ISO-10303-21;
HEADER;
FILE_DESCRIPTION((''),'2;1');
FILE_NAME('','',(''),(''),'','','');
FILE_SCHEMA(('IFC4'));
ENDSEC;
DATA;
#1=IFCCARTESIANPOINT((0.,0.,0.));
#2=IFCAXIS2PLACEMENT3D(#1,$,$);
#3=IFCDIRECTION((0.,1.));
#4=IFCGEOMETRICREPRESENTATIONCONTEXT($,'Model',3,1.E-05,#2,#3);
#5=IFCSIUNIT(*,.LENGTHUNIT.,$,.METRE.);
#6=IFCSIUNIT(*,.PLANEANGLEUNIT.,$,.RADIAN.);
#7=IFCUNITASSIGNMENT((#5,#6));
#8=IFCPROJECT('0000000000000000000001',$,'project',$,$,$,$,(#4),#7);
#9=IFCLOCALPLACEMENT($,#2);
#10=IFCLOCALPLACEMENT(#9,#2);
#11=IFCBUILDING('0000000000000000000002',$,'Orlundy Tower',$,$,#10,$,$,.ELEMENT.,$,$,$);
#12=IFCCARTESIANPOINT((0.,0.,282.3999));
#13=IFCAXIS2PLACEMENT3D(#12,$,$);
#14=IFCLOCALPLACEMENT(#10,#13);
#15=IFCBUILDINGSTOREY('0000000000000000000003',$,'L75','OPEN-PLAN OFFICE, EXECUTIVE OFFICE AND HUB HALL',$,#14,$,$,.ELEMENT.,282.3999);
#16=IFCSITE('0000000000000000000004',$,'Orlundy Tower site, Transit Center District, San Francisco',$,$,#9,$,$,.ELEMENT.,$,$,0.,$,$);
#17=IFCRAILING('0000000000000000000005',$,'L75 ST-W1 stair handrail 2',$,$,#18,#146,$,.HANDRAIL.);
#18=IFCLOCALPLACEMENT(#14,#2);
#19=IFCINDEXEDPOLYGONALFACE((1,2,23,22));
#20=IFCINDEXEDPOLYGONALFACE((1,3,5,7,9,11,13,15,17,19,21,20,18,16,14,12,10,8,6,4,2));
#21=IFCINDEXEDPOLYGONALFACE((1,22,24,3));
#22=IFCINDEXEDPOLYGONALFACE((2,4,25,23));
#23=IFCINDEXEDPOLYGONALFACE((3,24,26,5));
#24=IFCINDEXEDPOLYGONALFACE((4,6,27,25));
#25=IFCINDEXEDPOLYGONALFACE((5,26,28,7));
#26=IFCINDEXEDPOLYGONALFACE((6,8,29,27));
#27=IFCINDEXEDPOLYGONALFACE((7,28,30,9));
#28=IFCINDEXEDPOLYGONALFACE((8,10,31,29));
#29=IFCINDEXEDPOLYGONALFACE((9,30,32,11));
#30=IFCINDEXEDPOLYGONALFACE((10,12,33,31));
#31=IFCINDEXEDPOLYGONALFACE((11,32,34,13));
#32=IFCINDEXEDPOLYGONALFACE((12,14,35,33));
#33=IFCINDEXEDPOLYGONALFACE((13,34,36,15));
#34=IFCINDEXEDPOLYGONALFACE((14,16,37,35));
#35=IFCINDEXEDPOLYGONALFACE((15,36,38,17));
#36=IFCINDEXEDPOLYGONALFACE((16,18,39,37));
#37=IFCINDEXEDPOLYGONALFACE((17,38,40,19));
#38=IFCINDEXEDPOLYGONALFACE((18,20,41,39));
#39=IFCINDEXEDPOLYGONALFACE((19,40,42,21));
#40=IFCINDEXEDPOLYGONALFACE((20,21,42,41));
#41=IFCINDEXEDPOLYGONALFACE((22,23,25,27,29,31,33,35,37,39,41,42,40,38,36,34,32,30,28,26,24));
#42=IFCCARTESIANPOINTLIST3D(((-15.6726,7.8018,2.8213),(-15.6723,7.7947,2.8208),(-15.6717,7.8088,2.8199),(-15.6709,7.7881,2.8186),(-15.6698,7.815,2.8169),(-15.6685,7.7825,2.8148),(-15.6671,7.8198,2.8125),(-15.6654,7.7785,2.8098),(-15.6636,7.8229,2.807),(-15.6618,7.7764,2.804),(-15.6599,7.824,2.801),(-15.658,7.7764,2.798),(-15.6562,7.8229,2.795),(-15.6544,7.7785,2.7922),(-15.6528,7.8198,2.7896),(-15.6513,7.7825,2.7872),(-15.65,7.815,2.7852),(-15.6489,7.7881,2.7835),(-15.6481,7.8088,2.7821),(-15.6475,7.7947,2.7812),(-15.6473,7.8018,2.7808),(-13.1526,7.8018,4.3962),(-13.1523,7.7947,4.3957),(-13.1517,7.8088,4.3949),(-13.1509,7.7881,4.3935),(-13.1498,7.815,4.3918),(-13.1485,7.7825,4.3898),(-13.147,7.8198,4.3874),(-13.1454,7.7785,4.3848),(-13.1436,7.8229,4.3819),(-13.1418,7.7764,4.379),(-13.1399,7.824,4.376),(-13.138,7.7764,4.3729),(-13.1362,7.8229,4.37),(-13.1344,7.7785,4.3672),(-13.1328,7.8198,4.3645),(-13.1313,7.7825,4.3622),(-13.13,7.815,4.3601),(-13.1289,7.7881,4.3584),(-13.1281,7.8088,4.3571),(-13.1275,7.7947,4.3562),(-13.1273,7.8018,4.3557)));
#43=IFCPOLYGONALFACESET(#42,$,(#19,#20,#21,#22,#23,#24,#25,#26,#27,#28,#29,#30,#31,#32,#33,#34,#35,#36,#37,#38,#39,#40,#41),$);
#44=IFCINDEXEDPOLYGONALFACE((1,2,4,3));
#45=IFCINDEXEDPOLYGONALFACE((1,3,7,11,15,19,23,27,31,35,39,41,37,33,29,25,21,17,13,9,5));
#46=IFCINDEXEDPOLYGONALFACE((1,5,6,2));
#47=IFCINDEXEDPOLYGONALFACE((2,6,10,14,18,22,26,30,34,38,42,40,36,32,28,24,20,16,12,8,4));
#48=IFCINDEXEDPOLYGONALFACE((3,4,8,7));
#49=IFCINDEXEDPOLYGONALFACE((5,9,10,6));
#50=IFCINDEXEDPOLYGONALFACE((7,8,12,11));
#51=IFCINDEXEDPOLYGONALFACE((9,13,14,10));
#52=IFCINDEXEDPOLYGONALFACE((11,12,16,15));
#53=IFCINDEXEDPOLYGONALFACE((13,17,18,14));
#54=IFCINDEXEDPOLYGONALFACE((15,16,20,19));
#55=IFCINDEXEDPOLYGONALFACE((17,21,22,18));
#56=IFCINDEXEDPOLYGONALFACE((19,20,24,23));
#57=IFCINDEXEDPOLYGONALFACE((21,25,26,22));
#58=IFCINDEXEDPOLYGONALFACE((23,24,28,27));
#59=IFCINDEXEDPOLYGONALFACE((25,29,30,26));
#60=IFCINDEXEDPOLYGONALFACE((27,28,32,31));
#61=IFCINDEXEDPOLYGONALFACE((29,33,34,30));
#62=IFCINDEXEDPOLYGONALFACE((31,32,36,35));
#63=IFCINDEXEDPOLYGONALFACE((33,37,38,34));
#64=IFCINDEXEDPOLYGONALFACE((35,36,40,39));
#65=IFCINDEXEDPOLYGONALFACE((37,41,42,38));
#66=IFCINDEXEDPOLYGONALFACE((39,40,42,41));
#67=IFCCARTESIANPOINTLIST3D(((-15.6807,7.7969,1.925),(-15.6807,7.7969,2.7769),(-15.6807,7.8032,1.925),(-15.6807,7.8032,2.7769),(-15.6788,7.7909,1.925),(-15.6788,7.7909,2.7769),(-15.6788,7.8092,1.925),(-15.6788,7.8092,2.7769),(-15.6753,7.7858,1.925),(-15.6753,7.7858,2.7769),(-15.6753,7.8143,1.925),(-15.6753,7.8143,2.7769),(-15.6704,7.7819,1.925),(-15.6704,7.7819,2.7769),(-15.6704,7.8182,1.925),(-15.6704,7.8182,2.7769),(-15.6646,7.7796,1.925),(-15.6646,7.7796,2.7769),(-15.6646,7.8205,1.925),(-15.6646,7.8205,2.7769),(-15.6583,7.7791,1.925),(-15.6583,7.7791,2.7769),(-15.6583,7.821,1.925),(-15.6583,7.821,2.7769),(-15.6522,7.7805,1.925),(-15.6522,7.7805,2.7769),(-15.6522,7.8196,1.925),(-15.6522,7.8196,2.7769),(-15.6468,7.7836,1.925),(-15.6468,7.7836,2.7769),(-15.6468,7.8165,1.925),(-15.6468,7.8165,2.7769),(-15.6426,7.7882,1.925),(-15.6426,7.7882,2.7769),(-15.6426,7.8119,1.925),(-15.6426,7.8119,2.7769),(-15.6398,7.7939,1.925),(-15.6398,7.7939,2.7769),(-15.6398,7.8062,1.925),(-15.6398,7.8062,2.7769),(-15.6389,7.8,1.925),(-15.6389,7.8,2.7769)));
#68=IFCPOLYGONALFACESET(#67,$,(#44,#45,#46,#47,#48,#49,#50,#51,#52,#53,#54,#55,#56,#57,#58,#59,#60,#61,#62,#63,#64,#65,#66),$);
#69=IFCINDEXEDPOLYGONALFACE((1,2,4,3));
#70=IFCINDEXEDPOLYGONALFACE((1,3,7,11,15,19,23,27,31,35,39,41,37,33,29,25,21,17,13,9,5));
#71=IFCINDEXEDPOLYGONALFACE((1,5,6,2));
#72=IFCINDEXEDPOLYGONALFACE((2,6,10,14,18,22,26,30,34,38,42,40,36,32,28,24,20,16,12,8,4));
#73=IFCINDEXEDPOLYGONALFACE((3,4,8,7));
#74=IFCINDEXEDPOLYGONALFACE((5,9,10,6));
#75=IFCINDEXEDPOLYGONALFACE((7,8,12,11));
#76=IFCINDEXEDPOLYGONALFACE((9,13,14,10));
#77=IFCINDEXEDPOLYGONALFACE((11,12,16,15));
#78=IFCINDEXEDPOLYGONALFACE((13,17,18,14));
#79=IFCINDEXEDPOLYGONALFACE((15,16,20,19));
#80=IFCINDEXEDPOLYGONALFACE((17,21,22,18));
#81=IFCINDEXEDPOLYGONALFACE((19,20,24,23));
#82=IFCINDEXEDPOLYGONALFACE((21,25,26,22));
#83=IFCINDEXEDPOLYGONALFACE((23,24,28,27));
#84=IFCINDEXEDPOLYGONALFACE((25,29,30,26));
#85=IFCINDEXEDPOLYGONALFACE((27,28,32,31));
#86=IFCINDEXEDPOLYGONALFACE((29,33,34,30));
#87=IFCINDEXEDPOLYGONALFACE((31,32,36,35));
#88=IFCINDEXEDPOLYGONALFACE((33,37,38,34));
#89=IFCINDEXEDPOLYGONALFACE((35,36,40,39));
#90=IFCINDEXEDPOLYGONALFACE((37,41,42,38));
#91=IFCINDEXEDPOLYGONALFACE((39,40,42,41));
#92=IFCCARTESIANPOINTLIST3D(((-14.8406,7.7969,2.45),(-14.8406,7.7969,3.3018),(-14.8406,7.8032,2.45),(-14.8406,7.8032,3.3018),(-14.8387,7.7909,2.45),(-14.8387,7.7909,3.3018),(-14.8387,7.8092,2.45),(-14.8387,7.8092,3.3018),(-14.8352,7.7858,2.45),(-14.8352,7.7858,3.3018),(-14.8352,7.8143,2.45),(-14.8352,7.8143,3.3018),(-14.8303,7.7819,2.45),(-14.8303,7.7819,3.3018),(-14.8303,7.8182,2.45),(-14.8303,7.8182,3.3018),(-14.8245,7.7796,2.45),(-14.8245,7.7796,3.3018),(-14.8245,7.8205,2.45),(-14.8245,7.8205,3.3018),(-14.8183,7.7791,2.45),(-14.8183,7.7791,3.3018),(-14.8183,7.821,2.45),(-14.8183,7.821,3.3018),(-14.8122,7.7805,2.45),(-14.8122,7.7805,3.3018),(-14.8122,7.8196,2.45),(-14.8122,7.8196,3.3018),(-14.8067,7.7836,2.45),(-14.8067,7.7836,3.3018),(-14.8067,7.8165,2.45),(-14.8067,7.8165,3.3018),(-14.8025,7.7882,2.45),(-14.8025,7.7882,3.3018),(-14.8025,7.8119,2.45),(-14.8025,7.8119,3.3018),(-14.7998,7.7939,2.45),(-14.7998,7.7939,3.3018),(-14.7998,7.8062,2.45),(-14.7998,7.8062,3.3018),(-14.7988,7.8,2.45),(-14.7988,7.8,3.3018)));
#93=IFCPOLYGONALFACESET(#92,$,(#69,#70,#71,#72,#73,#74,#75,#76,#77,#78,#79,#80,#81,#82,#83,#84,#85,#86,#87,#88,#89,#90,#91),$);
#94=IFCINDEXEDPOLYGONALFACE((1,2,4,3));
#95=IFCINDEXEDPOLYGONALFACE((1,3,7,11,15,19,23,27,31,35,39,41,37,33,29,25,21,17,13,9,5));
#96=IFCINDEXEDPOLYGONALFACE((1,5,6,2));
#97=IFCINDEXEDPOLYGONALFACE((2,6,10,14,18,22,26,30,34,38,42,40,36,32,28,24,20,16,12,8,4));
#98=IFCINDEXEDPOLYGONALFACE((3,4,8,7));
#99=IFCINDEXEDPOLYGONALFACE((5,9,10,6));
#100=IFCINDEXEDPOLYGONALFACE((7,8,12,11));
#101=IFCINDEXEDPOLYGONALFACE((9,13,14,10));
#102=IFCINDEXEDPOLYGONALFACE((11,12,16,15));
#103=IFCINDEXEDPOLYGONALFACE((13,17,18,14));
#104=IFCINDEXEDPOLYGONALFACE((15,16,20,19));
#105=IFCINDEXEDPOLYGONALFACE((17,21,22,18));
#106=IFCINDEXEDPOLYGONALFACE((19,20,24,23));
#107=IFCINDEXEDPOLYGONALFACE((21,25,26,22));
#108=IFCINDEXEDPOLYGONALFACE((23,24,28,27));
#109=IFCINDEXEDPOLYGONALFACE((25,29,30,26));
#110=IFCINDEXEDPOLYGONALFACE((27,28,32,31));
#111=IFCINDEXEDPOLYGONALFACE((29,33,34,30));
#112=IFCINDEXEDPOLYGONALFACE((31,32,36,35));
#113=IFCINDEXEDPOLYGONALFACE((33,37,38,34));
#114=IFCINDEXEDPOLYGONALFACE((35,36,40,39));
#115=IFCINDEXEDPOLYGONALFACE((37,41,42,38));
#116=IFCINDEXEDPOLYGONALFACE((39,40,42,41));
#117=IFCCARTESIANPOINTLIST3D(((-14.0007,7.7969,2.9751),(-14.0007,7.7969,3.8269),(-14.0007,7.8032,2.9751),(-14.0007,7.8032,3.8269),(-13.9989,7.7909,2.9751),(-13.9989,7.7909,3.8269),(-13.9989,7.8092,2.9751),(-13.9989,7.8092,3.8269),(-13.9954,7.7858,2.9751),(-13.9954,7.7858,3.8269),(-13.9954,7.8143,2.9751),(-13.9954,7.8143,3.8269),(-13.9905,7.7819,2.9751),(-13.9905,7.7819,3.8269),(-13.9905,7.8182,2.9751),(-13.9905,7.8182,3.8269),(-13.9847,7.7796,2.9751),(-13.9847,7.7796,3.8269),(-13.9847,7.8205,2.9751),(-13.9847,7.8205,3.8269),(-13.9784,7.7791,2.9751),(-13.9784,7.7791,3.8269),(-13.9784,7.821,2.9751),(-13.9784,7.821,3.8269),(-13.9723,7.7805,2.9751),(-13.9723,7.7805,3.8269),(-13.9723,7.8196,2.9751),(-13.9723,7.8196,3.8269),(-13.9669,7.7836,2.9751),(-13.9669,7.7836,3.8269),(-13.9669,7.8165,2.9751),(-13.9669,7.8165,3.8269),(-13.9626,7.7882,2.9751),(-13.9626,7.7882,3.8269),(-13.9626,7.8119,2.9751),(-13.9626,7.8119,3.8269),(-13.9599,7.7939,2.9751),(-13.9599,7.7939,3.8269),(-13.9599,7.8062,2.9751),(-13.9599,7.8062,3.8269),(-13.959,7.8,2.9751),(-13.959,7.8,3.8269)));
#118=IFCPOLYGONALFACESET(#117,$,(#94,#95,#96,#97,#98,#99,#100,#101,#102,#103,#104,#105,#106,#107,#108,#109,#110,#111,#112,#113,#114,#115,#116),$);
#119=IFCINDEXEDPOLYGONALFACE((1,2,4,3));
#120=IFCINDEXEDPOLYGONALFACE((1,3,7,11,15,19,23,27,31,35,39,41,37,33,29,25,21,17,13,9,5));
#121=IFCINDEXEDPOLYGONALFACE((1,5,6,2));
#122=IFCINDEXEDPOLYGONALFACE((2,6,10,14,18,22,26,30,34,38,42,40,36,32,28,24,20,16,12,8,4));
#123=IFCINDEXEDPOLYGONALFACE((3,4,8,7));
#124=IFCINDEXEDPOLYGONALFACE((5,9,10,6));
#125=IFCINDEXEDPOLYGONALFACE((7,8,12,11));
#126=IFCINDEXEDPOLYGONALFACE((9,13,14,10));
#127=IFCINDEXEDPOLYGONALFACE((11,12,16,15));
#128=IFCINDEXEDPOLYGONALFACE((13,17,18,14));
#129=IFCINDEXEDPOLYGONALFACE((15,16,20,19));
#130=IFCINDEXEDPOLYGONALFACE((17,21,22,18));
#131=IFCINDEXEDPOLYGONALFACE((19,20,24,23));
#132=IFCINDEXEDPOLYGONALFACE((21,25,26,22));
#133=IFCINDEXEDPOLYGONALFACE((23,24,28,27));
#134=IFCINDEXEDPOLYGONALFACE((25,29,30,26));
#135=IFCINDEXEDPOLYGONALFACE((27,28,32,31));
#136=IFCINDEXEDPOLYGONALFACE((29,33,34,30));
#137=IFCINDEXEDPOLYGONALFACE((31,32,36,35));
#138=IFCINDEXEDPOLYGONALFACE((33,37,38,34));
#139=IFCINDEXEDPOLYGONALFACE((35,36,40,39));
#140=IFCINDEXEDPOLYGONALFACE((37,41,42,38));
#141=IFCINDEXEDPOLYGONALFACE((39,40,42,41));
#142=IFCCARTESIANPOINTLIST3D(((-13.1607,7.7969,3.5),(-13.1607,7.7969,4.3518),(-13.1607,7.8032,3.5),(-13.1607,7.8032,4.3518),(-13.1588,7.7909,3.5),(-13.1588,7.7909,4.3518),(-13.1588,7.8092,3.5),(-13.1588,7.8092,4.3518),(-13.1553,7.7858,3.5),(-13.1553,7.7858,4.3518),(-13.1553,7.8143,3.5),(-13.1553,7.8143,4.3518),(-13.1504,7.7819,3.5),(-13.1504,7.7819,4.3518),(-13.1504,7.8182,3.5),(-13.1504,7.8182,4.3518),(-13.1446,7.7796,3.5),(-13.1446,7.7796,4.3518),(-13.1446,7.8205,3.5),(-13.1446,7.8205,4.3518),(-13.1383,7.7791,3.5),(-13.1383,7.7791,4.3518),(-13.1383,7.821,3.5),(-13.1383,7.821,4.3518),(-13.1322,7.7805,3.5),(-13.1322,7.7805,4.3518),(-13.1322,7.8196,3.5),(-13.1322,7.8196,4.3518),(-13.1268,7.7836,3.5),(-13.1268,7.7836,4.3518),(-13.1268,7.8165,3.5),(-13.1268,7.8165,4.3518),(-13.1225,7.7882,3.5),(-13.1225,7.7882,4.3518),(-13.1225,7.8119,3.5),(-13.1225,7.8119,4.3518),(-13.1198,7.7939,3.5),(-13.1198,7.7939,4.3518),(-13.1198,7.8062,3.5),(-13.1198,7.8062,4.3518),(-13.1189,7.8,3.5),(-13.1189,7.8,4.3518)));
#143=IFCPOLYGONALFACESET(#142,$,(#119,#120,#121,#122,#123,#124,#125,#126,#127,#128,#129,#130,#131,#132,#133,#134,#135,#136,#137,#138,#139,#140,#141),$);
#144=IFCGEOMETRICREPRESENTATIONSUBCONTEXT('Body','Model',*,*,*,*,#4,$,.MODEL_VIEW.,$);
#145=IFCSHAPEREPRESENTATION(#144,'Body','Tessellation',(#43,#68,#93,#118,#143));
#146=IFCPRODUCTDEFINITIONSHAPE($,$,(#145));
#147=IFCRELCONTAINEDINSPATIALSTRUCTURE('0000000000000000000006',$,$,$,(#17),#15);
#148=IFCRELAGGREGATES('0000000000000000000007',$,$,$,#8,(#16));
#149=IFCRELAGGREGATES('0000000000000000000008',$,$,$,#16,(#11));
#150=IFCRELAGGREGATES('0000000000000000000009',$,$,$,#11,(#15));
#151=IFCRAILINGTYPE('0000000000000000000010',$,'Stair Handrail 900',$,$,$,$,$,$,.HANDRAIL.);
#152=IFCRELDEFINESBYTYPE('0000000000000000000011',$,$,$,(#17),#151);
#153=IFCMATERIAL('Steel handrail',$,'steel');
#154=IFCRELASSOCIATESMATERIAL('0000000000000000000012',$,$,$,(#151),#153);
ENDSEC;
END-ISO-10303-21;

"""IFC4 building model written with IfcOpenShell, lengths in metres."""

from ifc_helpers import new_model, si_unit, direction, frame, origin, origin_2d, place, context, subcontext, project, spatial, circle, extrude, material, type_object, element, save


model = new_model("IFC4")

# Units and contexts
model_context = context("Model", 3, precision=1e-05, world=origin(), true_north=direction((0.0, 1.0)))
body_context = subcontext(model_context, "Body", "Model", "MODEL_VIEW")
ifc_project = project(units=[si_unit("LENGTHUNIT", "METRE"), si_unit("PLANEANGLEUNIT", "RADIAN")], contexts=[model_context])

# Site, building, storey
site_placement = place(None, origin())
site = spatial("IfcSite", under=ifc_project, at=site_placement, Name="Orlundy Tower site, Transit Center District, San Francisco", CompositionType="ELEMENT", RefElevation=0.0)
building_placement = place(site_placement, origin())
building = spatial("IfcBuilding", under=site, at=building_placement, Name="Orlundy Tower", CompositionType="ELEMENT")
storey_placement = place(building_placement, frame((0.0, 0.0, 282.3999)))
storey = spatial("IfcBuildingStorey", under=building, at=storey_placement, Name="L75", Description="OPEN-PLAN OFFICE, EXECUTIVE OFFICE AND HUB HALL", CompositionType="ELEMENT", Elevation=282.3999)

# Railing
ifc_material_1 = material(Name="Steel handrail", Category="steel")
railing_type_1 = type_object("IfcRailingType", Name="Stair Handrail 900", PredefinedType="HANDRAIL", material=ifc_material_1)
railing_1_placement = place(storey_placement, frame((-15.6599, 7.8, 1.925)))
element("IfcRailing", 1, at=railing_1_placement, inside=storey, type_object=railing_type_1, Name="L75 ST-W1 stair handrail 2", PredefinedType="HANDRAIL", context=body_context, shape_type="SweptSolid", body=[
    extrude(circle(Radius=0.0239, at=origin_2d()), frame((0.0, 0.0, 0.876), z_axis=(0.848008, 0.0, 0.529984), x_axis=(0.0, 1.0, 0.0)), (0.0, 0.0, 1.0), 2.9717),
    extrude(circle(Radius=0.021, at=origin_2d()), origin(), (0.0, 0.0, 1.0), 0.8518),
    extrude(circle(Radius=0.021, at=origin_2d()), frame((0.8401, 0.0, 0.5249)), (0.0, 0.0, 1.0), 0.8518),
    extrude(circle(Radius=0.021, at=origin_2d()), frame((1.6799, 0.0, 1.05)), (0.0, 0.0, 1.0), 0.8518),
    extrude(circle(Radius=0.021, at=origin_2d()), frame((2.52, 0.0, 1.575)), (0.0, 0.0, 1.0), 0.8518),
])

save(model, "model.ifc")
